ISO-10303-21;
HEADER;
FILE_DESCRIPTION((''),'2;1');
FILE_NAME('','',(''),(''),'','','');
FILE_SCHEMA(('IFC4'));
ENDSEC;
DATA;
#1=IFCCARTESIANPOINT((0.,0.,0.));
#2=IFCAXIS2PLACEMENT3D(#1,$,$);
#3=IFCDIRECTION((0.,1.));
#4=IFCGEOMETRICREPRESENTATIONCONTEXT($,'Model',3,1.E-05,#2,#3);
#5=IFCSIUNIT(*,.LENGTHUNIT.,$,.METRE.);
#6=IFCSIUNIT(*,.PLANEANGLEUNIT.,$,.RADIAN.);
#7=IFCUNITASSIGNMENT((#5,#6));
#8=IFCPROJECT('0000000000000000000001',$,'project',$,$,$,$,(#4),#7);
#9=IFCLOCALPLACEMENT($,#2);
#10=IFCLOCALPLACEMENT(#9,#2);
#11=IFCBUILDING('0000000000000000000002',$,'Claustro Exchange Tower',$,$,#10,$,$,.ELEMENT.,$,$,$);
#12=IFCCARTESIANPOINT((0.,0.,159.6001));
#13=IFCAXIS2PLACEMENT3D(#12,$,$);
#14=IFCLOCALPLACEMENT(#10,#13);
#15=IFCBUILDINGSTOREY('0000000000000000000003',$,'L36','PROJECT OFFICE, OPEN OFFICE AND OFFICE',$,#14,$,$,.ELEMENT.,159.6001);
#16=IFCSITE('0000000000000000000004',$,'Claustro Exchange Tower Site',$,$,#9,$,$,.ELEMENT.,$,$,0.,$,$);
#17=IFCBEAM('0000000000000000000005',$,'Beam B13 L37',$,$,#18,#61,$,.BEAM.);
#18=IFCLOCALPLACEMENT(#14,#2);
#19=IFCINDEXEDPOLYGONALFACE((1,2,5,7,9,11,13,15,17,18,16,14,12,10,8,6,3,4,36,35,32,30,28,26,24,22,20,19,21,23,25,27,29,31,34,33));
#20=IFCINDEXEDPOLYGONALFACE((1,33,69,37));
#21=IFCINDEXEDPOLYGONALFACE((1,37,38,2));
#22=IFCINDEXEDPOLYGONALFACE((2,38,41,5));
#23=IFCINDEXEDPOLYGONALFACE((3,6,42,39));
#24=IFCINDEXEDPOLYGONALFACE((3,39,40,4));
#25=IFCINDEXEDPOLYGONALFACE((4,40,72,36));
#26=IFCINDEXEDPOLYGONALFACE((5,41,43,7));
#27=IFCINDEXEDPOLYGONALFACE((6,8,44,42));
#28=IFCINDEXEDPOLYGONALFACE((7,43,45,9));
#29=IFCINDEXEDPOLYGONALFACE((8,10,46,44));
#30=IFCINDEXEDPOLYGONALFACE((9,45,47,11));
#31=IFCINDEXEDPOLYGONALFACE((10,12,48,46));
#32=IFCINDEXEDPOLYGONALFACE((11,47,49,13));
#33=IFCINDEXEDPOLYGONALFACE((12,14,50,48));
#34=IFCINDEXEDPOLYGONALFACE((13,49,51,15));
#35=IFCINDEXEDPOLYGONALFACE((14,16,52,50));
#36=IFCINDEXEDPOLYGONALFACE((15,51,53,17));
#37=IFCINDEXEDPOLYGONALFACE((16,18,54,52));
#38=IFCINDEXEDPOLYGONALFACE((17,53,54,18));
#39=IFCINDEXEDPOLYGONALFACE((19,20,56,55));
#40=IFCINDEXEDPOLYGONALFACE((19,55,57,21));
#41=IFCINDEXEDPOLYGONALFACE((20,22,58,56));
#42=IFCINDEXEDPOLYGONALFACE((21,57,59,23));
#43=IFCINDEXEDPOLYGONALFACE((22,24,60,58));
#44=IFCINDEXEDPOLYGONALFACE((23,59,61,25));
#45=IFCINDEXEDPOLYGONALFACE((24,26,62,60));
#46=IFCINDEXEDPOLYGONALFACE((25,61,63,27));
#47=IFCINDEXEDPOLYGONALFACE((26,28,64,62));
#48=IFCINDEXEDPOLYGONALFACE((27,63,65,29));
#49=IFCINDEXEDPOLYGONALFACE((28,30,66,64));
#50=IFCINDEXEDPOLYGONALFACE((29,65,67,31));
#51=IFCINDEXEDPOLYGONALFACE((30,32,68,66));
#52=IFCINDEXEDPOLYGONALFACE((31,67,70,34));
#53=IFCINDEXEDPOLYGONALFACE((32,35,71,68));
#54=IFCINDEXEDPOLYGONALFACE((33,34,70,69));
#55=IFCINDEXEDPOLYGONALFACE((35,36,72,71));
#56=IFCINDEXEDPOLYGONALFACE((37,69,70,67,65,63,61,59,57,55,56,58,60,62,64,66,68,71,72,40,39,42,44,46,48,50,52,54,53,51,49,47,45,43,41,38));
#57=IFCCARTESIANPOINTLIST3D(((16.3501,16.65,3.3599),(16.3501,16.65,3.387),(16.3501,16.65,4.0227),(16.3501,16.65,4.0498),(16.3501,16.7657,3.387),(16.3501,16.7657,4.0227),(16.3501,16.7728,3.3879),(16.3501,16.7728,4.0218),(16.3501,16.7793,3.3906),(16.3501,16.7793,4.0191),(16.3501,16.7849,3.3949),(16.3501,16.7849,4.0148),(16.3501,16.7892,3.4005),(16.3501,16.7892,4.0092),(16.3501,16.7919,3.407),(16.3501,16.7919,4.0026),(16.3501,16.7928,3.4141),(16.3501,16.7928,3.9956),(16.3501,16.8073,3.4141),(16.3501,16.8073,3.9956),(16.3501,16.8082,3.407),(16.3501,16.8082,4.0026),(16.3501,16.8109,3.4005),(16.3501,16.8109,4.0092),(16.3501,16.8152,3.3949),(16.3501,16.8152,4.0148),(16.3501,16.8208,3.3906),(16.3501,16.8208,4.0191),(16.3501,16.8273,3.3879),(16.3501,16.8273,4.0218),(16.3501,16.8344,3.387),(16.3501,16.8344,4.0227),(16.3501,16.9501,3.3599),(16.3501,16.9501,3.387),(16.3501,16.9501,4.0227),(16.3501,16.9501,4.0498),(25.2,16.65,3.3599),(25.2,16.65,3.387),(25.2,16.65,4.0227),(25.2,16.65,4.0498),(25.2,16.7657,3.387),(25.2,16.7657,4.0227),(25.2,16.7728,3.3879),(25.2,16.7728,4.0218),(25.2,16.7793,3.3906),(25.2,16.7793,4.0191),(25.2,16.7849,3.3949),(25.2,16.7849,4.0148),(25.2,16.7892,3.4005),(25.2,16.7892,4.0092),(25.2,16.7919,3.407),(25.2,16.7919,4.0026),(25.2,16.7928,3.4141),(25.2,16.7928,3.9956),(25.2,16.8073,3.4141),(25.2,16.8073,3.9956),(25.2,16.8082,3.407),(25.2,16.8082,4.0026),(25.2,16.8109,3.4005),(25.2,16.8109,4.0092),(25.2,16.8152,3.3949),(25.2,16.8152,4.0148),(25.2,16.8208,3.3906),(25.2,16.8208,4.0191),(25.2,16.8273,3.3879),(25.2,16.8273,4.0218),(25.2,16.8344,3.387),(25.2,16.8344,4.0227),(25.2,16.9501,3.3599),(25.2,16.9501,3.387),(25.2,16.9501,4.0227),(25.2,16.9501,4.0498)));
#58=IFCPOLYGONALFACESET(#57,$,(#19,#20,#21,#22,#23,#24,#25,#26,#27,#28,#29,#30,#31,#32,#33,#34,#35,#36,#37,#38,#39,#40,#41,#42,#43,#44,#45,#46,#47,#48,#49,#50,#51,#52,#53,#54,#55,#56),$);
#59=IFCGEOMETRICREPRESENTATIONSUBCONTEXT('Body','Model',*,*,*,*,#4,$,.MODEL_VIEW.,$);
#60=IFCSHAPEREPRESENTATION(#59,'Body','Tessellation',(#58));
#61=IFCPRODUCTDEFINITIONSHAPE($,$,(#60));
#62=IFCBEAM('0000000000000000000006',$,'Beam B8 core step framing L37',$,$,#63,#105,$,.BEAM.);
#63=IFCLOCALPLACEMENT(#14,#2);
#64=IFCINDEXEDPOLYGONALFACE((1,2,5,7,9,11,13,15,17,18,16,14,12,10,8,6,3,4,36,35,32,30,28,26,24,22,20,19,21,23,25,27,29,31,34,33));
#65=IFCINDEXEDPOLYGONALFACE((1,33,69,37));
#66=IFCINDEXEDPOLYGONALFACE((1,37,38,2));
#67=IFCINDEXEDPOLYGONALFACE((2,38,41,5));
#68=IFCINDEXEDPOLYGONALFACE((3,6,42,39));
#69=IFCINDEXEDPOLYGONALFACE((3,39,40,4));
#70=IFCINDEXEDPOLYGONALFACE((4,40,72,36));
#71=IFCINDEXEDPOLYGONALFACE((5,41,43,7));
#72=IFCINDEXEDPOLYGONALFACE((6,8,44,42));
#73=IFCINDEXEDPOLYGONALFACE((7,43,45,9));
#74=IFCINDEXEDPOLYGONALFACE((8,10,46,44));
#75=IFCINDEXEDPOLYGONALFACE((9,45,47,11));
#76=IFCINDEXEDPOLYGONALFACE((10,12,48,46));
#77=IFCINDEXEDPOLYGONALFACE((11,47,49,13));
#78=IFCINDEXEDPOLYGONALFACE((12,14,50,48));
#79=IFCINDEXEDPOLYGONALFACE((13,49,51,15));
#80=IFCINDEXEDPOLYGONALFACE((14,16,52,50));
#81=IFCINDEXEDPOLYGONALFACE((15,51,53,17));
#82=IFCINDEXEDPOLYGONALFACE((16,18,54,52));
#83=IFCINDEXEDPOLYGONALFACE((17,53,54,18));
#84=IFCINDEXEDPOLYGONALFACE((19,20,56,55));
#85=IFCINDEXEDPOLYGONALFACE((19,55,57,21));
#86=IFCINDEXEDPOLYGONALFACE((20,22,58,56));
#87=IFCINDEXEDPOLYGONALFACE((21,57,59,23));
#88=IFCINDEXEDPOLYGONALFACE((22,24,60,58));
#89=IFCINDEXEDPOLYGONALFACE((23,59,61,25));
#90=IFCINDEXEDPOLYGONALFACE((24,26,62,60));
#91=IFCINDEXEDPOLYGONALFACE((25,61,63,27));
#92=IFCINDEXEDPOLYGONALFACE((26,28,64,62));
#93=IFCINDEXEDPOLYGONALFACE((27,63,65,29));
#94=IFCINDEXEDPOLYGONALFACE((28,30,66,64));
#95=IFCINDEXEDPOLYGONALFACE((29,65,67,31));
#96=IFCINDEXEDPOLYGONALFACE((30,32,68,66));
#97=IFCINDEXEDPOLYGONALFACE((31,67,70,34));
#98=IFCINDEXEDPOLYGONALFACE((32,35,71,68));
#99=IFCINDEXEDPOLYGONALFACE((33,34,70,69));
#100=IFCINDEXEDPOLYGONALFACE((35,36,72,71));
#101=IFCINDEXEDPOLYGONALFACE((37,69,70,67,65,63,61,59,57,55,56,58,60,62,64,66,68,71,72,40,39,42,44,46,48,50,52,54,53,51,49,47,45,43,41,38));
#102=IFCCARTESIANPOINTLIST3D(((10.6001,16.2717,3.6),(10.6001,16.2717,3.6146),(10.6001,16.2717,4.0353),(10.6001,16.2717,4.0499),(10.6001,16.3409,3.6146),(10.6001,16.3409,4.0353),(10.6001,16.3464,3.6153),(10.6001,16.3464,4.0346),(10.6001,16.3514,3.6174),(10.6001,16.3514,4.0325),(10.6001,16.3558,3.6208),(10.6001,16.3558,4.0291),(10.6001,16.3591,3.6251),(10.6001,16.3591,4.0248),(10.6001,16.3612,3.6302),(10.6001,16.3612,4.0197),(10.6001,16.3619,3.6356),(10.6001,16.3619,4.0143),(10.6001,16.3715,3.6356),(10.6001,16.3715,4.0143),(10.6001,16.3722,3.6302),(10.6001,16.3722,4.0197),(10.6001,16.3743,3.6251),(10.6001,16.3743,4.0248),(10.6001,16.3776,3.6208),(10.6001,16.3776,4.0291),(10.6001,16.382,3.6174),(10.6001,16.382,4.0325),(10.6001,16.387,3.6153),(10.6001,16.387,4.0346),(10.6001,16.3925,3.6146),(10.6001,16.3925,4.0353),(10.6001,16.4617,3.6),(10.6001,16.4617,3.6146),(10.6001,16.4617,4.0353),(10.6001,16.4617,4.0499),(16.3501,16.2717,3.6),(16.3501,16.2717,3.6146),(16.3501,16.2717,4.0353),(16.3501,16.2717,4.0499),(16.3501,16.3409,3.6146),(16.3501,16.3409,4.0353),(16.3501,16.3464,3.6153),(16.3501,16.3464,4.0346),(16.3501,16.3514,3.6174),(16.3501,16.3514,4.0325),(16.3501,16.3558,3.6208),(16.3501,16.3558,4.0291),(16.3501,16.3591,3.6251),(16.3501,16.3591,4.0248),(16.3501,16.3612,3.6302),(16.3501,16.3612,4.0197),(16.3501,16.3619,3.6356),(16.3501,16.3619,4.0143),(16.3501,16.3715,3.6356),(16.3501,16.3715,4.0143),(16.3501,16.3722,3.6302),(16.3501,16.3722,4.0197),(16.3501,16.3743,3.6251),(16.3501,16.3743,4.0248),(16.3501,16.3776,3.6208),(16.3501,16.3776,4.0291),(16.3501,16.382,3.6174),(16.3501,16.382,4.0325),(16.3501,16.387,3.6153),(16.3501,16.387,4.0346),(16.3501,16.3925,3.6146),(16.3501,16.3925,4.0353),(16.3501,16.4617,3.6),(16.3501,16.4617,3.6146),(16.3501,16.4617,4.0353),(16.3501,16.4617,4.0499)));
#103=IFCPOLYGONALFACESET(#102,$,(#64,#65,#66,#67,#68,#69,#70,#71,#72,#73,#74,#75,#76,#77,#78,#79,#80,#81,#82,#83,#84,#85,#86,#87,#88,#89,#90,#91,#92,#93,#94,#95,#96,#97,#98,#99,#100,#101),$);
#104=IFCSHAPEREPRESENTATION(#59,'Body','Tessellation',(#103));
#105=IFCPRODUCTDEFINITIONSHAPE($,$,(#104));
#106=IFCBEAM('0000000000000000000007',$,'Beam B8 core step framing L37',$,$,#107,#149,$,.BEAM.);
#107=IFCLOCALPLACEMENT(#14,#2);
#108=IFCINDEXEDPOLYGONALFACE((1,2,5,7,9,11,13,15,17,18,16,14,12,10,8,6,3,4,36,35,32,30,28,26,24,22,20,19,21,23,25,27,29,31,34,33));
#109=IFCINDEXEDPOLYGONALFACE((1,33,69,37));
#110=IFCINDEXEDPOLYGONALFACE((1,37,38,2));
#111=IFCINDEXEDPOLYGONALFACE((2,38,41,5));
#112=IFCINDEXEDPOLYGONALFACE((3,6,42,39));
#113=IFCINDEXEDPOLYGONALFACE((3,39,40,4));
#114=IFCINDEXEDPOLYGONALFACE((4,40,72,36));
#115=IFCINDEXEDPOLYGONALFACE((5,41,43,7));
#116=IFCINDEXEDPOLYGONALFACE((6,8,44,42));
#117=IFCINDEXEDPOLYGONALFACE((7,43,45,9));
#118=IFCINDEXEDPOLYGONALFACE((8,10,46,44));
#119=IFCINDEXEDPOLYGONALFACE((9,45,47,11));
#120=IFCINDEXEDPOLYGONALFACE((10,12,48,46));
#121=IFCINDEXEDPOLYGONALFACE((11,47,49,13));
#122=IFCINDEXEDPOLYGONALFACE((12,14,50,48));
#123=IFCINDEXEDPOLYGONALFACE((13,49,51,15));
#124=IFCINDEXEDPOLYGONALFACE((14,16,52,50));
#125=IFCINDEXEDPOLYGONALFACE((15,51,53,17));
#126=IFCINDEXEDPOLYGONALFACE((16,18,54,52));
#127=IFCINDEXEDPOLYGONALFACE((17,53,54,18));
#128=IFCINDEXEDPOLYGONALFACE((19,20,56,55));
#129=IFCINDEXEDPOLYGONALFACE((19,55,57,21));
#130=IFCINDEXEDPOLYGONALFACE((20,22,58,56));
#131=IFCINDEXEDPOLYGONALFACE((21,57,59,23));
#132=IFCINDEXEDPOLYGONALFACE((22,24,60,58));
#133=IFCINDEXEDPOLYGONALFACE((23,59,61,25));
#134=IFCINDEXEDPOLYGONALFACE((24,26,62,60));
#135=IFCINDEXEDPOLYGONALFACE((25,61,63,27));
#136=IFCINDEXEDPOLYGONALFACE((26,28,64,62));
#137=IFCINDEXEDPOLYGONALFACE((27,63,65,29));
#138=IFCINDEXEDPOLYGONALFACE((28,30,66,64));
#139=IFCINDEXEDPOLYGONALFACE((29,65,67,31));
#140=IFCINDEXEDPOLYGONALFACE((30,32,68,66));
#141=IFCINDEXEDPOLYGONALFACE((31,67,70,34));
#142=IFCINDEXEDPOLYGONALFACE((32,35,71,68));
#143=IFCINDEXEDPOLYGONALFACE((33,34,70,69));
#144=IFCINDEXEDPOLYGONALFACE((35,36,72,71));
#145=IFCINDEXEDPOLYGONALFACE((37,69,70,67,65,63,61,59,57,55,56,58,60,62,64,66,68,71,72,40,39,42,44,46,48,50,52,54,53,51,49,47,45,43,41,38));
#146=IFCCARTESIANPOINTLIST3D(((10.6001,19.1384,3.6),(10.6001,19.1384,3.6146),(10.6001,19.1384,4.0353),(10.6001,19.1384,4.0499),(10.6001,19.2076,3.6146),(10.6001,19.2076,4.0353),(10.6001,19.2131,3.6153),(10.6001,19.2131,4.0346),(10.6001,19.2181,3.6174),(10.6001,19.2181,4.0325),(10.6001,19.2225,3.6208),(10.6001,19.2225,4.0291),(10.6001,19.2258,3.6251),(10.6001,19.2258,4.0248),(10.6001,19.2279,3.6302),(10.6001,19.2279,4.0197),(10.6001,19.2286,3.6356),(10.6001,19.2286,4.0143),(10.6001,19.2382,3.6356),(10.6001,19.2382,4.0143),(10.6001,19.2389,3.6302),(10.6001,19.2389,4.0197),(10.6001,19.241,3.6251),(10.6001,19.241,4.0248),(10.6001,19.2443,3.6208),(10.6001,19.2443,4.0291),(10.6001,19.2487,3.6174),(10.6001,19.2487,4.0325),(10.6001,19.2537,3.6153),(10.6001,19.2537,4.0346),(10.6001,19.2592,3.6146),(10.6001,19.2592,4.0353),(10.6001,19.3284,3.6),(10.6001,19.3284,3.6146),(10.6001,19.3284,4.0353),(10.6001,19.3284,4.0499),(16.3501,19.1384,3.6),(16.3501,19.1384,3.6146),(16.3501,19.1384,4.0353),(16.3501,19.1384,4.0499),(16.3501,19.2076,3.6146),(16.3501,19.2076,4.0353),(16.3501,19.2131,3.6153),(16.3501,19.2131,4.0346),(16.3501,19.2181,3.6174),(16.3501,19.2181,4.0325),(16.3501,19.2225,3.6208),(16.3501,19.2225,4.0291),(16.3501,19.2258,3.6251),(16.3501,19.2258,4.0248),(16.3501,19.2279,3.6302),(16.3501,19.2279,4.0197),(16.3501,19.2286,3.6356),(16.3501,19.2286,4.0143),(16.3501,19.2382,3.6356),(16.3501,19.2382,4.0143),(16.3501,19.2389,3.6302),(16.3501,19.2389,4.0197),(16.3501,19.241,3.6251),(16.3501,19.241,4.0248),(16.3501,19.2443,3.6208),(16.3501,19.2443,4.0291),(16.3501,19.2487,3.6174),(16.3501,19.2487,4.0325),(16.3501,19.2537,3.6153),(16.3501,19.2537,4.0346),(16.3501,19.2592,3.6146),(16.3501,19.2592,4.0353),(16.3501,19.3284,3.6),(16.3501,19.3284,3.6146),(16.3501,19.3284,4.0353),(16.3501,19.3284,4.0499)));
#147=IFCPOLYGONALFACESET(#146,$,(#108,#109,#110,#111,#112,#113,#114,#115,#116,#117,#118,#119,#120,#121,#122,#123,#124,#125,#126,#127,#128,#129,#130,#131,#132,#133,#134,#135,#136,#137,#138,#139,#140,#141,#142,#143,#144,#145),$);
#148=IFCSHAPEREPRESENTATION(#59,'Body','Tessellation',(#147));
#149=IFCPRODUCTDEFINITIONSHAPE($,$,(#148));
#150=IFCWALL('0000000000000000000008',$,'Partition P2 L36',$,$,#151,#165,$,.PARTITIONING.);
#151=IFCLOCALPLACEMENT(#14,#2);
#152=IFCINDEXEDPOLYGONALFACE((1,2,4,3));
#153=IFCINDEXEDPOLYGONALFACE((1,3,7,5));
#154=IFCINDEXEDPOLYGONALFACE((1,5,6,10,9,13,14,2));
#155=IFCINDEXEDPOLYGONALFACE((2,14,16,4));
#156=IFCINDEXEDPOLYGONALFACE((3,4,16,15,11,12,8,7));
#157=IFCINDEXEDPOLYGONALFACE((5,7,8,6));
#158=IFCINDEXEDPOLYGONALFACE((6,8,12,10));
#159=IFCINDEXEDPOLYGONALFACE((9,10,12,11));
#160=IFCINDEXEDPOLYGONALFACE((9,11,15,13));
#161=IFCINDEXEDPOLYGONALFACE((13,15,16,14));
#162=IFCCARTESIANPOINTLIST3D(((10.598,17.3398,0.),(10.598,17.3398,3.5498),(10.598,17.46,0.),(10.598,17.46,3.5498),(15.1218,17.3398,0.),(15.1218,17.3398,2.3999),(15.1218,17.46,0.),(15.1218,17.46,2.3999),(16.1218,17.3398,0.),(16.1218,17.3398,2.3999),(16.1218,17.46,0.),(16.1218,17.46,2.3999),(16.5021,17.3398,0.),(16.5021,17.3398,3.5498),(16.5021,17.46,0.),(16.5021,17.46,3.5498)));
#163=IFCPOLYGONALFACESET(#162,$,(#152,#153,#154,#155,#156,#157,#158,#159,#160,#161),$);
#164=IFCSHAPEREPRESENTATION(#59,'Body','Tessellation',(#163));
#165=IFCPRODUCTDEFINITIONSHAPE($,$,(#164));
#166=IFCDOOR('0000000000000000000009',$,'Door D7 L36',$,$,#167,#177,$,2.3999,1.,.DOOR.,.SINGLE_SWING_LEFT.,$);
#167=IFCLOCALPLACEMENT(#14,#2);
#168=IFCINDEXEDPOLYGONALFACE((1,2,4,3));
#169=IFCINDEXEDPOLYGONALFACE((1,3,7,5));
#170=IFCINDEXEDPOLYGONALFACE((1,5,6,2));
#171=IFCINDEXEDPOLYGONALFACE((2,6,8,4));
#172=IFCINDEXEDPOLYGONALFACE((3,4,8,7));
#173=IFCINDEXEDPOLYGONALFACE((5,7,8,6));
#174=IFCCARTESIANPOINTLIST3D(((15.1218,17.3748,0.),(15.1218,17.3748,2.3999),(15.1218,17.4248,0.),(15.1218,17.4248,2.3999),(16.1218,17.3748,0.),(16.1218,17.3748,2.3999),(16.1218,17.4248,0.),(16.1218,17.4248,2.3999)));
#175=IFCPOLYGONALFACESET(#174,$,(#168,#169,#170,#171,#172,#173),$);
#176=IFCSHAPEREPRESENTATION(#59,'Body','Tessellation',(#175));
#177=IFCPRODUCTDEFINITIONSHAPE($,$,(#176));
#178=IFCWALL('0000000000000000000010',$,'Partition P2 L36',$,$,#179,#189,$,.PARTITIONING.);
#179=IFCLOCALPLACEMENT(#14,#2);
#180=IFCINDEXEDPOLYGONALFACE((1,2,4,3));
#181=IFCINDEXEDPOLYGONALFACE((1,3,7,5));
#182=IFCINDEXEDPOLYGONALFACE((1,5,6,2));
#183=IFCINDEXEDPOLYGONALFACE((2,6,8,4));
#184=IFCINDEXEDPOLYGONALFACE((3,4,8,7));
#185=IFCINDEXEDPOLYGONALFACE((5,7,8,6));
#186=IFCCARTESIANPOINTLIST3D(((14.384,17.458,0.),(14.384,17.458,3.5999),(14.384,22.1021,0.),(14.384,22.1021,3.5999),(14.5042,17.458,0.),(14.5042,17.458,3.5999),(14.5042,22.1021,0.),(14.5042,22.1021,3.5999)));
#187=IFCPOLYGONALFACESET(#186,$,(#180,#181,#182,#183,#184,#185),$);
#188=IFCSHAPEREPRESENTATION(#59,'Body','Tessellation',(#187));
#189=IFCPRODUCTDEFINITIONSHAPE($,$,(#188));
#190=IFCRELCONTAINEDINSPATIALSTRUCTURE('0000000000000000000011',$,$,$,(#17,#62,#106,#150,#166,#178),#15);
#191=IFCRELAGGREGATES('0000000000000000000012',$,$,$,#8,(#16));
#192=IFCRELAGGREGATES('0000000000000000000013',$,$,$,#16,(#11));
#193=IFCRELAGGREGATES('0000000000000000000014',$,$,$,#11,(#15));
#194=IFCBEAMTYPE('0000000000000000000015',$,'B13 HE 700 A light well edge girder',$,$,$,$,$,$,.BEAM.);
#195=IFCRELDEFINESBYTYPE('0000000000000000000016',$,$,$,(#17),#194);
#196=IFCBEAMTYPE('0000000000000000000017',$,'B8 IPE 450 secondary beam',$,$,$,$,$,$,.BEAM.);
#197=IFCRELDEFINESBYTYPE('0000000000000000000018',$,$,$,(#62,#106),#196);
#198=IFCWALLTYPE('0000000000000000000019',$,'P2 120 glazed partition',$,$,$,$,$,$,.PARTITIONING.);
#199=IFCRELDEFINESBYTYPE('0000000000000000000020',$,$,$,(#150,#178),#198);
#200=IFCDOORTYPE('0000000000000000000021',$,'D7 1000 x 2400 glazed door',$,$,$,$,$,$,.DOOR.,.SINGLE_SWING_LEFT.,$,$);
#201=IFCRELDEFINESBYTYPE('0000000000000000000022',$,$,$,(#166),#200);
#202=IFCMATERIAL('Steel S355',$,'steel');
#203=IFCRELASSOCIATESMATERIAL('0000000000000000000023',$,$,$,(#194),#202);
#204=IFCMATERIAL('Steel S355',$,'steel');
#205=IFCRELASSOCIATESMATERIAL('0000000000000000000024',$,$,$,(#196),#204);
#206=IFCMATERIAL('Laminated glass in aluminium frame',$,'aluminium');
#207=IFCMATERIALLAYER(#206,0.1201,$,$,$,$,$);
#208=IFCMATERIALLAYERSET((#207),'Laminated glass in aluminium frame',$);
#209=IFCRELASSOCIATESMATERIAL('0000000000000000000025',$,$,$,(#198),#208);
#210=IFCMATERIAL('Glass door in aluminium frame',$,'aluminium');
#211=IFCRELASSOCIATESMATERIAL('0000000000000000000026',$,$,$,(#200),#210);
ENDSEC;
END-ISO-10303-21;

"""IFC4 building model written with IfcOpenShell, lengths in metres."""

from ifc_helpers import new_model, si_unit, direction, frame, frame_2d, origin, origin_2d, place, context, subcontext, project, spatial, rectangle, i_section, extrude, material, layer, layer_set, material_profile, profile_set, type_object, element, fill, save


model = new_model("IFC4")

# Units and contexts
model_context = context("Model", 3, precision=1e-05, world=origin(), true_north=direction((0.0, 1.0)))
body_context = subcontext(model_context, "Body", "Model", "MODEL_VIEW")
ifc_project = project(units=[si_unit("LENGTHUNIT", "METRE"), si_unit("PLANEANGLEUNIT", "RADIAN")], contexts=[model_context])

# Site, building, storey
site_placement = place(None, origin())
site = spatial("IfcSite", under=ifc_project, at=site_placement, Name="Claustro Exchange Tower Site", CompositionType="ELEMENT", RefElevation=0.0)
building_placement = place(site_placement, origin())
building = spatial("IfcBuilding", under=site, at=building_placement, Name="Claustro Exchange Tower", CompositionType="ELEMENT")
storey_placement = place(building_placement, frame((0.0, 0.0, 159.6001)))
storey = spatial("IfcBuildingStorey", under=building, at=storey_placement, Name="L36", Description="PROJECT OFFICE, OPEN OFFICE AND OFFICE", CompositionType="ELEMENT", Elevation=159.6001)

# Beams
ifc_material_1 = material(Name="Steel S355", Category="steel")
ifc_material_profile_1 = material_profile(ifc_material_1, i_section(OverallWidth=0.3, OverallDepth=0.6899, WebThickness=0.0144, FlangeThickness=0.0271, FilletRadius=0.0271, at=origin_2d()), Name="HE 700 A")
ifc_profile_set_1 = profile_set([ifc_material_profile_1], Name="Steel S355")
beam_type_1 = type_object("IfcBeamType", Name="B13 HE 700 A light well edge girder", PredefinedType="BEAM", material=ifc_profile_set_1)
beam_placement = place(storey_placement, frame((16.3501, 16.8, 3.7048), z_axis=(1.0, 0.0, 0.0), x_axis=(0.0, 1.0, 0.0)))
element("IfcBeam", 1, at=beam_placement, inside=storey, type_object=beam_type_1, Name="Beam B13 L37", PredefinedType="BEAM", context=body_context, shape_type="SweptSolid", body=[
    extrude(i_section(OverallWidth=0.3, OverallDepth=0.6899, WebThickness=0.0144, FlangeThickness=0.0271, FilletRadius=0.0271, at=origin_2d()), origin(), (0.0, 0.0, 1.0), 8.8499),
])
ifc_material_2 = material(Name="Steel S355", Category="steel")
ifc_material_profile_2 = material_profile(ifc_material_2, i_section(OverallWidth=0.1899, OverallDepth=0.45, WebThickness=0.0095, FlangeThickness=0.0146, FilletRadius=0.021, at=origin_2d()), Name="IPE 450")
ifc_profile_set_2 = profile_set([ifc_material_profile_2], Name="Steel S355")
beam_type_2 = type_object("IfcBeamType", Name="B8 IPE 450 secondary beam", PredefinedType="BEAM", material=ifc_profile_set_2)
for number, where, z_axis, x_axis, name in (
    (2, (10.6001, 16.3667, 3.825), (1.0, 0.0, 0.0), (0.0, 1.0, 0.0), "Beam B8 core step framing L37"),
    (3, (10.6001, 19.2334, 3.825), (1.0, 0.0, 0.0), (0.0, 1.0, 0.0), "Beam B8 core step framing L37"),
):
    element("IfcBeam", number, at=place(storey_placement, frame(where, z_axis=z_axis, x_axis=x_axis)), inside=storey, type_object=beam_type_2, Name=name, PredefinedType="BEAM", context=body_context, shape_type="SweptSolid", body=[
        extrude(i_section(OverallWidth=0.1899, OverallDepth=0.45, WebThickness=0.0095, FlangeThickness=0.0146, FilletRadius=0.021, at=origin_2d()), origin(), (0.0, 0.0, 1.0), 5.75),
    ])

# Wall, opening, door
ifc_material_3 = material(Name="Laminated glass in aluminium frame", Category="aluminium")
ifc_layer_1 = layer(ifc_material_3, 0.1201)
ifc_layer_set_1 = layer_set([ifc_layer_1], Name="Laminated glass in aluminium frame")
wall_type_1 = type_object("IfcWallType", Name="P2 120 glazed partition", PredefinedType="PARTITIONING", material=ifc_layer_set_1)
wall_1_placement = place(storey_placement, frame((10.5979, 17.3999, 0.0), z_axis=(0.0, 0.0, 1.0), x_axis=(1.0, 0.0, 0.0)))
wall_1 = element("IfcWall", 4, at=wall_1_placement, inside=storey, type_object=wall_type_1, Name="Partition P2 L36", PredefinedType="PARTITIONING", context=body_context, shape_type="SweptSolid", body=[
    extrude(rectangle(XDim=5.9041, YDim=0.1201, at=frame_2d((2.9521, 0.0))), origin(), (0.0, 0.0, 1.0), 3.5498),
])
opening_1_placement = place(wall_1_placement, frame((4.5239, 0.0, 0.0)))
opening_1 = element("IfcOpeningElement", 5, at=opening_1_placement, cuts=wall_1, PredefinedType="OPENING", context=body_context, shape_type="SweptSolid", body=[
    extrude(rectangle(XDim=1.0, YDim=2.3999, at=frame_2d((0.5, 1.2))), frame((0.0, 0.0701, 0.0), z_axis=(0.0, -1.0, 0.0), x_axis=(1.0, 0.0, 0.0)), (0.0, 0.0, 1.0), 0.1401),
])
ifc_material_4 = material(Name="Glass door in aluminium frame", Category="aluminium")
door_type_1 = type_object("IfcDoorType", Name="D7 1000 x 2400 glazed door", OperationType="SINGLE_SWING_LEFT", PredefinedType="DOOR", material=ifc_material_4)
door_1_placement = place(opening_1_placement, origin())
door_1 = element("IfcDoor", 6, at=door_1_placement, inside=storey, type_object=door_type_1, Name="Door D7 L36", OperationType="SINGLE_SWING_LEFT", OverallHeight=2.3999, OverallWidth=1.0, PredefinedType="DOOR", context=body_context, shape_type="SweptSolid", body=[
    extrude(rectangle(XDim=1.0, YDim=2.3999, at=frame_2d((0.5, 1.2))), frame((0.0, 0.0249, 0.0), z_axis=(0.0, -1.0, 0.0), x_axis=(1.0, 0.0, 0.0)), (0.0, 0.0, 1.0), 0.05),
])
fill(opening_1, door_1)

# Wall
wall_2_placement = place(storey_placement, frame((14.4441, 17.458, 0.0), z_axis=(0.0, 0.0, 1.0), x_axis=(0.0, 1.0, 0.0)))
element("IfcWall", 7, at=wall_2_placement, inside=storey, type_object=wall_type_1, Name="Partition P2 L36", PredefinedType="PARTITIONING", context=body_context, shape_type="SweptSolid", body=[
    extrude(rectangle(XDim=4.644, YDim=0.1201, at=frame_2d((2.322, 0.0))), origin(), (0.0, 0.0, 1.0), 3.5999),
])

save(model, "model.ifc")
